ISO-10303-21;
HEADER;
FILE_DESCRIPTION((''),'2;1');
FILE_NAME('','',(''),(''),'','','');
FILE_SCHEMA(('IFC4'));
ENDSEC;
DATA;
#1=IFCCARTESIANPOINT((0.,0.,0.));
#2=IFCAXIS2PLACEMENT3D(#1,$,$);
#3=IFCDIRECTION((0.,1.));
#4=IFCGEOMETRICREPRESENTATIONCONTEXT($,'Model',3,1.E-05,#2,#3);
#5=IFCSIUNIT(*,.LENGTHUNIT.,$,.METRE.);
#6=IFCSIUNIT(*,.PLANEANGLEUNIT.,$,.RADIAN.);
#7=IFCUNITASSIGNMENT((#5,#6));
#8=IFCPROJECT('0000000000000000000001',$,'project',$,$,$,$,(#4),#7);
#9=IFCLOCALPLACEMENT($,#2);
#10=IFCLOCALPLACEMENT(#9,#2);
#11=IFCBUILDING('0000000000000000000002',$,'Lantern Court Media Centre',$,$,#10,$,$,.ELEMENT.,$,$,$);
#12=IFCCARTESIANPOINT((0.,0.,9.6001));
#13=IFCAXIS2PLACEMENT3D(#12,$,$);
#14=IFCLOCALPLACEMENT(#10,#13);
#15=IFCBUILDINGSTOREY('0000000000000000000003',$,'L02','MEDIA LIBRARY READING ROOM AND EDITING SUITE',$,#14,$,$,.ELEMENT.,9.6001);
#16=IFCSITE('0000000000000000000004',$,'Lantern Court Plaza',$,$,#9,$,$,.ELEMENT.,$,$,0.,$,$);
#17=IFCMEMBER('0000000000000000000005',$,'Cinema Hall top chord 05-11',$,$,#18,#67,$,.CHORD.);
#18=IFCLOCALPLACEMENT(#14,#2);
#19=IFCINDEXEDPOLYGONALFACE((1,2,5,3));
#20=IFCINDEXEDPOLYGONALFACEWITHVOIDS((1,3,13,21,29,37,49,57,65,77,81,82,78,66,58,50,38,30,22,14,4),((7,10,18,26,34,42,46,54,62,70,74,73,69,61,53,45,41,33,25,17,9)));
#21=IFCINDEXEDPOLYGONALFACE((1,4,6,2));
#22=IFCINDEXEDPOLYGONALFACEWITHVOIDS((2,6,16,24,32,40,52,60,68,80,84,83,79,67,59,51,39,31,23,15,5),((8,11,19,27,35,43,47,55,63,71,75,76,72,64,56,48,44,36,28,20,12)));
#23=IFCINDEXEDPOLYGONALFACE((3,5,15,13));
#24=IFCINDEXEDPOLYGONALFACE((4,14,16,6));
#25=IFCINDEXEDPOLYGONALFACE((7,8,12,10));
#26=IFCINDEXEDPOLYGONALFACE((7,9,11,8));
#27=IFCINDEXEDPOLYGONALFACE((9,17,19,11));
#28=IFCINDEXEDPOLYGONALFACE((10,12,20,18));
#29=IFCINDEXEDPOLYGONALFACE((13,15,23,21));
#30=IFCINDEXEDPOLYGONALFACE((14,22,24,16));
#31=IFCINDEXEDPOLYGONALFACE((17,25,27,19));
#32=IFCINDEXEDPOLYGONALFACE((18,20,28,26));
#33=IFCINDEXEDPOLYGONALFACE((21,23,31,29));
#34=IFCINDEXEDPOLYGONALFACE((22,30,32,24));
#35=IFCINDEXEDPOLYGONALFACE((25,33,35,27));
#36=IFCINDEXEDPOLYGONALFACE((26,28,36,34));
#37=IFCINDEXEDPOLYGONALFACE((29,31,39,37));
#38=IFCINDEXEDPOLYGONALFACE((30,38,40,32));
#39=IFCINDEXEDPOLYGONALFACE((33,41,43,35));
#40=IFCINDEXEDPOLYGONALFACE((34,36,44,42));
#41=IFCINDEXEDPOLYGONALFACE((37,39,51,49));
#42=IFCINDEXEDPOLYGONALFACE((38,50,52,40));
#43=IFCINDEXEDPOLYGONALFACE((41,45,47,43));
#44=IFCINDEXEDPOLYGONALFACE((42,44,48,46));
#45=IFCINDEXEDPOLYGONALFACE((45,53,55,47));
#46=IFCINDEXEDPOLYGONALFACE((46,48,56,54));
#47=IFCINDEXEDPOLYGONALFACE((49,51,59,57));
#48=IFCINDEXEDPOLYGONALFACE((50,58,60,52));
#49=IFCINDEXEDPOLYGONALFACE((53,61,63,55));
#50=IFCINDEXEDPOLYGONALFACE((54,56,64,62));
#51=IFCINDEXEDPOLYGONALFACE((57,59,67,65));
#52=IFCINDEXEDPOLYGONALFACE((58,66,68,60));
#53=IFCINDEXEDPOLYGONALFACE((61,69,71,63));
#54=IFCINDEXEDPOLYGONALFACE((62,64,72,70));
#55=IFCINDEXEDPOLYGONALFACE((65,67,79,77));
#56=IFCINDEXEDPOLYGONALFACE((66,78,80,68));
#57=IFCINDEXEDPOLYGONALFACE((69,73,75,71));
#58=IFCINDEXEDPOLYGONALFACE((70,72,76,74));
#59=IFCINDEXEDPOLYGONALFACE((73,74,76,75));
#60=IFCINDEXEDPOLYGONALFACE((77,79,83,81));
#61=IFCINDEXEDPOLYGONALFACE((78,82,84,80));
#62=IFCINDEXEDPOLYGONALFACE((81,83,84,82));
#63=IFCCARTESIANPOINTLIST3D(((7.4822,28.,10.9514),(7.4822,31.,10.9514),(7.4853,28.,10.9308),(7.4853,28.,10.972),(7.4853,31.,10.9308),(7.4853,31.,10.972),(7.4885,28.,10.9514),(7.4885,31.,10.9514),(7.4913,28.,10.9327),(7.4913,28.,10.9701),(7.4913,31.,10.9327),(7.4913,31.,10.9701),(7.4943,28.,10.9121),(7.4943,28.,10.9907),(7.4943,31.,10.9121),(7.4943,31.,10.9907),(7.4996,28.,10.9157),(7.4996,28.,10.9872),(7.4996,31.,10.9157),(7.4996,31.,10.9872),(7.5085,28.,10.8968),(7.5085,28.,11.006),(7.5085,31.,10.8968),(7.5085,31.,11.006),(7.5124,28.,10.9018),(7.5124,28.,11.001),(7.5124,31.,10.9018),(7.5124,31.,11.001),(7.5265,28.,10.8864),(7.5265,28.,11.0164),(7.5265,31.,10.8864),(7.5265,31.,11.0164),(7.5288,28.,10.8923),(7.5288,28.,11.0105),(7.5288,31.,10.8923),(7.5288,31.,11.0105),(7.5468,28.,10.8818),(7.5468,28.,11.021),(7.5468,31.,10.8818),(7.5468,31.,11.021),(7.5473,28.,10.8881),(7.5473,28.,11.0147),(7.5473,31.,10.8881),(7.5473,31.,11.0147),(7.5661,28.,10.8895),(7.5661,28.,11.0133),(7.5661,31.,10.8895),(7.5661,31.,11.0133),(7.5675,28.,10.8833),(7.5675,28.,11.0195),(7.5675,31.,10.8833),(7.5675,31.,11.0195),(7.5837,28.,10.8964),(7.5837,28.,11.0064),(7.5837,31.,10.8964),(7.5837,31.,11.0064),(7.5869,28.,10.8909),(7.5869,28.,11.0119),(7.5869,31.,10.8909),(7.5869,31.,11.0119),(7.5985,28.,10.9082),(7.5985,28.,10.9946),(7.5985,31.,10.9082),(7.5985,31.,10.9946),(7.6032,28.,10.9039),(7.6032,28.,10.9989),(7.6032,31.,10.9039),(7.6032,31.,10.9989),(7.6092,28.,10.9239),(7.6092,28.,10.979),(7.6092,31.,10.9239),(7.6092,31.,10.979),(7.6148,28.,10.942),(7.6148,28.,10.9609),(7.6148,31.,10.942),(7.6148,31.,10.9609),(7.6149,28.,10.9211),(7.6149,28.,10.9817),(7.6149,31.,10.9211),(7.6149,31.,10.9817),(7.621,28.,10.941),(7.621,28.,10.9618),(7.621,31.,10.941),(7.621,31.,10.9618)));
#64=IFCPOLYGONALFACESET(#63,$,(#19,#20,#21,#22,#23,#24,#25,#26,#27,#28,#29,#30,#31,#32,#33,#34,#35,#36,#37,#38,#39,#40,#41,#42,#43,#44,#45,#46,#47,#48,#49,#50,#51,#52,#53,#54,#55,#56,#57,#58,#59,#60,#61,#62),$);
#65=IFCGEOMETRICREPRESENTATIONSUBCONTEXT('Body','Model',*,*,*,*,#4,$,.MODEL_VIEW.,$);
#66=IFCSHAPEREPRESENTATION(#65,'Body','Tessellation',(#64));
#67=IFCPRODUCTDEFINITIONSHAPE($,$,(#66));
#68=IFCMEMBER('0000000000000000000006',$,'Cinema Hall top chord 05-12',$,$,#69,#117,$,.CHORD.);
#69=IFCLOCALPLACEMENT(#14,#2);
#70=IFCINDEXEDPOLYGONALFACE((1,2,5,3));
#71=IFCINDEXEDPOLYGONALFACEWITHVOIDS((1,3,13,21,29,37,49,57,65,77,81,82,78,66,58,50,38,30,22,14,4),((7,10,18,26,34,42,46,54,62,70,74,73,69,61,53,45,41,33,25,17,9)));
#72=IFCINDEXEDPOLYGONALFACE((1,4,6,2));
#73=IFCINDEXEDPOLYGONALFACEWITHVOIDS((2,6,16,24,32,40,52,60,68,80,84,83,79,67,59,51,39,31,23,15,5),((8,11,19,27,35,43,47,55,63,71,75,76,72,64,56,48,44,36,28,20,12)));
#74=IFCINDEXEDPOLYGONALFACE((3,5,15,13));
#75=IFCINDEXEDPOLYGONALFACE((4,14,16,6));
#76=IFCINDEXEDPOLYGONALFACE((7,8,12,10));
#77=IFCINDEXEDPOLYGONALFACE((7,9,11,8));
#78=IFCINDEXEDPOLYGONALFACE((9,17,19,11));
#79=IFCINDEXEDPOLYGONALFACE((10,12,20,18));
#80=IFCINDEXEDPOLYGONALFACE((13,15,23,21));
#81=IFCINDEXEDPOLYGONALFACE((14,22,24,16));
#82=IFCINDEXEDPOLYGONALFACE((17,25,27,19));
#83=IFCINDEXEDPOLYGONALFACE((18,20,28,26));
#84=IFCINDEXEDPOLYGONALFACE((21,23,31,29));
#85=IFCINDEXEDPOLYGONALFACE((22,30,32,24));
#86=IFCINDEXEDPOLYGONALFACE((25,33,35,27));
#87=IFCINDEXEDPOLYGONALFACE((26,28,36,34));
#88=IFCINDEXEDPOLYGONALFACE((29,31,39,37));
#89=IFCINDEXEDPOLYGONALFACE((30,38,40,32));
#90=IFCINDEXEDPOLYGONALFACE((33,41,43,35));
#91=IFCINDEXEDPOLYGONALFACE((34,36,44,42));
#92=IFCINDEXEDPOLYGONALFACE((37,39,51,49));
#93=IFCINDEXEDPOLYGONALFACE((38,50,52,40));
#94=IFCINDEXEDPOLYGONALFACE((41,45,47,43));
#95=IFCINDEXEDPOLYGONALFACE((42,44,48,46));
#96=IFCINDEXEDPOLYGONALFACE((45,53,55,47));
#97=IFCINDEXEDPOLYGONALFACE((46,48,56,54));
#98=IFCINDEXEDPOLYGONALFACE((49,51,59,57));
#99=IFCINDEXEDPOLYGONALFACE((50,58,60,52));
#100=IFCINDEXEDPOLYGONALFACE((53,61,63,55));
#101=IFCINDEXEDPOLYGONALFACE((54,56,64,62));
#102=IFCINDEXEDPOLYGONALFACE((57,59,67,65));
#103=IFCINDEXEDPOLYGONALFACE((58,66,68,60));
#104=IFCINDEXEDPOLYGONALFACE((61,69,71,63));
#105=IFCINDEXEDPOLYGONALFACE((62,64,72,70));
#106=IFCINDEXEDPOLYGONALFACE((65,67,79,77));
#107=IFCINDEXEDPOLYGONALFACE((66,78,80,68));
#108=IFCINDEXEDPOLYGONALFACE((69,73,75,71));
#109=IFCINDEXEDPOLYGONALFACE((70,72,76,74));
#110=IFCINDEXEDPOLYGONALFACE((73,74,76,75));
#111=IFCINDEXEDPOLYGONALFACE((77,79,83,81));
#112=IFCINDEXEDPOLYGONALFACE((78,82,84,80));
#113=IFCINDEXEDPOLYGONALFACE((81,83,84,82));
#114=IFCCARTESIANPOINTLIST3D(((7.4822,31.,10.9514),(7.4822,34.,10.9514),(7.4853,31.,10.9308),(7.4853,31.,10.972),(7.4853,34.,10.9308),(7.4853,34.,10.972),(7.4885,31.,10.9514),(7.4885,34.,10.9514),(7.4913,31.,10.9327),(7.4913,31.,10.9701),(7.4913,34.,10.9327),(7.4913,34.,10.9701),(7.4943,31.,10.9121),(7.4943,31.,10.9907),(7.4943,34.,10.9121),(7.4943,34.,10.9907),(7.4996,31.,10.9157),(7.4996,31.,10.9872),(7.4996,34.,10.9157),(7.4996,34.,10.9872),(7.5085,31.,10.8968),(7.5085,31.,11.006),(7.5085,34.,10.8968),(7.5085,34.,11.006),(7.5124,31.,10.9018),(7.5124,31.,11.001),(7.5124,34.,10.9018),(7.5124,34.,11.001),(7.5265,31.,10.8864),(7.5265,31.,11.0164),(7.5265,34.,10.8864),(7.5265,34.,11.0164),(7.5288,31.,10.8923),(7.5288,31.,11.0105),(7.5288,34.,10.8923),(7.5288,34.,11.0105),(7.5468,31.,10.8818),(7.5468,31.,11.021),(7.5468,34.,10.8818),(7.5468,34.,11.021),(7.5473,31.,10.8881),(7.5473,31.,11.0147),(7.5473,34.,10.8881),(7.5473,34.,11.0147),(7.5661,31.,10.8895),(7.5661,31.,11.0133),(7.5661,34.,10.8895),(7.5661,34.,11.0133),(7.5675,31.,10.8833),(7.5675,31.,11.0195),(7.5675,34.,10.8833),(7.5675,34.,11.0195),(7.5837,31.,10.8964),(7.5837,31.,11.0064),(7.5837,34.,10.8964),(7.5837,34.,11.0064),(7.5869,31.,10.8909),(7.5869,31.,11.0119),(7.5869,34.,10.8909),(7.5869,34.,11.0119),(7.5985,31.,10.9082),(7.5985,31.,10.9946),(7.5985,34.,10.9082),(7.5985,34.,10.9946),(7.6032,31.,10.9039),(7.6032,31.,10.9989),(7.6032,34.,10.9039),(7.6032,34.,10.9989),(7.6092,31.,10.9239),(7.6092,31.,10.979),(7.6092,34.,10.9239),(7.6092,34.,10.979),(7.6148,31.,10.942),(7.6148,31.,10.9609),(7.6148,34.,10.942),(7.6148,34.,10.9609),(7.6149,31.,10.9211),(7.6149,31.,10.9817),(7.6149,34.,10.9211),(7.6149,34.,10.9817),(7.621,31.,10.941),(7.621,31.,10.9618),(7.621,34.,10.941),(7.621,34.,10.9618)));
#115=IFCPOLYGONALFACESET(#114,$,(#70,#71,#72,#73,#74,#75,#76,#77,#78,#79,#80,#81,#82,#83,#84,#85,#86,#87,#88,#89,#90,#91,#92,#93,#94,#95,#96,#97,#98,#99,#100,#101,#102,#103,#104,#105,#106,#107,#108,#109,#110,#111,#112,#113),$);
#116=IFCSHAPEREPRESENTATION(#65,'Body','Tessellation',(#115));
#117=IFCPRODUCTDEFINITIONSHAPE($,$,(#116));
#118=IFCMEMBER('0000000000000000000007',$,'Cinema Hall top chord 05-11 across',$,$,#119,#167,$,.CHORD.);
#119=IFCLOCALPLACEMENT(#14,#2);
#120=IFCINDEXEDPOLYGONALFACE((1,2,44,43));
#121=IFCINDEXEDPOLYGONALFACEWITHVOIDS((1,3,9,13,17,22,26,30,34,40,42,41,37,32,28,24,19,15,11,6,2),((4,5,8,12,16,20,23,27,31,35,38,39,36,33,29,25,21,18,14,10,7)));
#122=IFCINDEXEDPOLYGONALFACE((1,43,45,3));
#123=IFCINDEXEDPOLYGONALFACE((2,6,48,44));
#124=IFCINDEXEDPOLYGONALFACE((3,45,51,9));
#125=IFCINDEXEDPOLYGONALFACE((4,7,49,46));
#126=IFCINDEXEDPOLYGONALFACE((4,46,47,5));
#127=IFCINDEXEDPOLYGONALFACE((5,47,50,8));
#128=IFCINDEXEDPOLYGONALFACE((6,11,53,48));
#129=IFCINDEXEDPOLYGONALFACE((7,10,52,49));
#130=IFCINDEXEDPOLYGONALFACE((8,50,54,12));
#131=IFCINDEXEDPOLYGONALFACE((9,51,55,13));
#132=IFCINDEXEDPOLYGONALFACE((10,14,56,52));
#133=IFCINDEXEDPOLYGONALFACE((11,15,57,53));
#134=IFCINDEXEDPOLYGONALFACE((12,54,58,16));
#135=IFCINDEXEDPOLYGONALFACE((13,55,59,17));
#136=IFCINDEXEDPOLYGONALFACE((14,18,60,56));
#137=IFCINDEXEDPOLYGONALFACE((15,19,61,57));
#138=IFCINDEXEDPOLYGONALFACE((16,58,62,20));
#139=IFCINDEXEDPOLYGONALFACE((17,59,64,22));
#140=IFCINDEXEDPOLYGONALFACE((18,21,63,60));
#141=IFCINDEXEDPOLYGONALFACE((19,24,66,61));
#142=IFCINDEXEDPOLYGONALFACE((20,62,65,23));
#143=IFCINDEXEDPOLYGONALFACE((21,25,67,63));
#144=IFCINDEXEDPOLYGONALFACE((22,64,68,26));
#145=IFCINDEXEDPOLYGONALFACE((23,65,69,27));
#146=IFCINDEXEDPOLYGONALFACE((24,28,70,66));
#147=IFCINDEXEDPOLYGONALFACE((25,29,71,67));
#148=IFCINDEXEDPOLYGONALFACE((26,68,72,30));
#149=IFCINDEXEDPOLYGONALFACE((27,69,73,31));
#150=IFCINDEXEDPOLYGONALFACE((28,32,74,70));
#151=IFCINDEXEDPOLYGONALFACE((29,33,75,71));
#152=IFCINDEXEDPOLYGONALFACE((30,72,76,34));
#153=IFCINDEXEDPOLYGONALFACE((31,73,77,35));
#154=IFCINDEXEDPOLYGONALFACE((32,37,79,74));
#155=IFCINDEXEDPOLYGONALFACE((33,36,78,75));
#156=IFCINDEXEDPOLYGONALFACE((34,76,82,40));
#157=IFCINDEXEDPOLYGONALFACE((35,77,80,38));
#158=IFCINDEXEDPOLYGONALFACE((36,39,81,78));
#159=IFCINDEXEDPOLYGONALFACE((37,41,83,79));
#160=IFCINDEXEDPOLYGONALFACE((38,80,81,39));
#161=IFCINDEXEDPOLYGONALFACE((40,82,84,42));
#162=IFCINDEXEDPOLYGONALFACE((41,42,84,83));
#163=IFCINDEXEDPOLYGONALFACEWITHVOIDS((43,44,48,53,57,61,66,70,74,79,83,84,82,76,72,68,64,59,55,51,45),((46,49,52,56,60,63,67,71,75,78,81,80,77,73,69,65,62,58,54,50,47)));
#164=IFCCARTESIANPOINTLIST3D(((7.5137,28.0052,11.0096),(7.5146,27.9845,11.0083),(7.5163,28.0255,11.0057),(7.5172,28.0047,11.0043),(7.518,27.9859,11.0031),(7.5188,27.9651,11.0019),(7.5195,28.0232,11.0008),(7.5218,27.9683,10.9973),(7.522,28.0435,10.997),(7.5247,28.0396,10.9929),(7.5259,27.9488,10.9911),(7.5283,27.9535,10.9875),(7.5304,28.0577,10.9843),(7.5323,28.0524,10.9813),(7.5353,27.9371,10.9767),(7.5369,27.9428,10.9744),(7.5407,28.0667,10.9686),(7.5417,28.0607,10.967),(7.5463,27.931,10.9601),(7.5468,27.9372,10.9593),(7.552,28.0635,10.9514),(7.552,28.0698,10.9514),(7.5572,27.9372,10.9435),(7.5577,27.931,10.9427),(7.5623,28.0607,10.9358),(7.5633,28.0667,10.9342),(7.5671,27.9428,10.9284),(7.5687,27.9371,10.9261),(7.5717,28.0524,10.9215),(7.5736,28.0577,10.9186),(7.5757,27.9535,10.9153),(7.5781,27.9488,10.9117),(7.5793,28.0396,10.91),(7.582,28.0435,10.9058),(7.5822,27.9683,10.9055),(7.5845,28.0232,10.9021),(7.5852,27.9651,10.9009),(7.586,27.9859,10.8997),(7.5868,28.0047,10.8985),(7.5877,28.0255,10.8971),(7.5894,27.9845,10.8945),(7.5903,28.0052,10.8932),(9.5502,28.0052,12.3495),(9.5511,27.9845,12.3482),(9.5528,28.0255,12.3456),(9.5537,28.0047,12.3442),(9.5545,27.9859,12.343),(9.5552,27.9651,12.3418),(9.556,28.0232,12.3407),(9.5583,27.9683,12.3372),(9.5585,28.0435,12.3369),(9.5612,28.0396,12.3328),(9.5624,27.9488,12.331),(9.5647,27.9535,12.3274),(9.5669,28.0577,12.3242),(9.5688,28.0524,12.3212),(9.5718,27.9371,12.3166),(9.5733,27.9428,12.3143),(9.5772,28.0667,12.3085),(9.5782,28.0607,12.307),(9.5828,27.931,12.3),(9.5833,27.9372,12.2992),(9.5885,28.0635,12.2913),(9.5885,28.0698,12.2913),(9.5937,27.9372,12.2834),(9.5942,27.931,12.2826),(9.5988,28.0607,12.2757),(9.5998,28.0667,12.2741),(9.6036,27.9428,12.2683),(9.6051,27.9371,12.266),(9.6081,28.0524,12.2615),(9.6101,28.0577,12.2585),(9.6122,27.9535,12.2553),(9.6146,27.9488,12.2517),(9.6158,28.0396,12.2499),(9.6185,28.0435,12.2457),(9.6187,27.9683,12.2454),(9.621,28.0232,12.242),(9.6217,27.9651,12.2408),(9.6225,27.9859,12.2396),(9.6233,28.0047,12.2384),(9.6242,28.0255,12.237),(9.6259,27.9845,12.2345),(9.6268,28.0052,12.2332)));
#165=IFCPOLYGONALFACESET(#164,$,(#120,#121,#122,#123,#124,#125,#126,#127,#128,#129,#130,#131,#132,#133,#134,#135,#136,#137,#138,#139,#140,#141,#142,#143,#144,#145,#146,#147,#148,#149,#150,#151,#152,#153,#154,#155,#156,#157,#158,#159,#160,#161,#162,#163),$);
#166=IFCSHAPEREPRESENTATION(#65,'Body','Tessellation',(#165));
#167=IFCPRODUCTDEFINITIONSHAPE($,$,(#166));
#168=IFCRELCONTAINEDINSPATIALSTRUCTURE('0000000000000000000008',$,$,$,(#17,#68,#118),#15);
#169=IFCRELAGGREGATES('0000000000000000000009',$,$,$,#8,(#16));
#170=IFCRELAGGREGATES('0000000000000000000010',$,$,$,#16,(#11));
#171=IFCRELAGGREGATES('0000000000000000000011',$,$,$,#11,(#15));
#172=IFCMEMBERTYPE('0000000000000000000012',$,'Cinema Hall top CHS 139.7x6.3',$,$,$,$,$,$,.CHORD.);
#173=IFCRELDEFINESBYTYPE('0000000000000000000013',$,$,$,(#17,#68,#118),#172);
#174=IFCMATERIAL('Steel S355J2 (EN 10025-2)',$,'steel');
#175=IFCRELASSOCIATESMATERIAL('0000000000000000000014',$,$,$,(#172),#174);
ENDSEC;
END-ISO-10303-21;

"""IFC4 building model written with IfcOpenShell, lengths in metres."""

from ifc_helpers import new_model, si_unit, direction, frame, origin, origin_2d, place, context, subcontext, project, spatial, hollow_circle, extrude, material, material_profile, profile_set, type_object, element, save


model = new_model("IFC4")

# Units and contexts
model_context = context("Model", 3, precision=1e-05, world=origin(), true_north=direction((0.0, 1.0)))
body_context = subcontext(model_context, "Body", "Model", "MODEL_VIEW")
ifc_project = project(units=[si_unit("LENGTHUNIT", "METRE"), si_unit("PLANEANGLEUNIT", "RADIAN")], contexts=[model_context])

# Site, building, storey
site_placement = place(None, origin())
site = spatial("IfcSite", under=ifc_project, at=site_placement, Name="Lantern Court Plaza", CompositionType="ELEMENT", RefElevation=0.0)
building_placement = place(site_placement, origin())
building = spatial("IfcBuilding", under=site, at=building_placement, Name="Lantern Court Media Centre", CompositionType="ELEMENT")
storey_placement = place(building_placement, frame((0.0, 0.0, 9.6001)))
storey = spatial("IfcBuildingStorey", under=building, at=storey_placement, Name="L02", Description="MEDIA LIBRARY READING ROOM AND EDITING SUITE", CompositionType="ELEMENT", Elevation=9.6001)

# Members
ifc_material = material(Name="Steel S355J2 (EN 10025-2)", Category="steel")
ifc_material_profile_1 = material_profile(ifc_material, hollow_circle(Radius=0.0698, WallThickness=0.0063, at=origin_2d()), Name="Cinema Hall top CHS 139.7x6.3")
ifc_profile_set_1 = profile_set([ifc_material_profile_1], Name="Steel S355J2 (EN 10025-2)")
member_type_1 = type_object("IfcMemberType", Name="Cinema Hall top CHS 139.7x6.3", PredefinedType="CHORD", material=ifc_profile_set_1)
for number, where, z_axis, x_axis, name in (
    (1, (7.552, 28.0, 10.9514), (0.0, 1.0, 0.0), (-1.0, 0.0, 0.0), "Cinema Hall top chord 05-11"),
    (2, (7.552, 31.0, 10.9514), (0.0, 1.0, 0.0), (-1.0, 0.0, 0.0), "Cinema Hall top chord 05-12"),
):
    element("IfcMember", number, at=place(storey_placement, frame(where, z_axis=z_axis, x_axis=x_axis)), inside=storey, type_object=member_type_1, Name=name, PredefinedType="CHORD", context=body_context, shape_type="SweptSolid", body=[
        extrude(hollow_circle(Radius=0.0698, WallThickness=0.0063, at=origin_2d()), origin(), (0.0, 0.0, 1.0), 3.0),
    ])
for number, where, z_axis, x_axis, name in (
    (3, (7.552, 28.0, 10.9514), (0.835394, 0.0, 0.549651), (0.0, 1.0, 0.0), "Cinema Hall top chord 05-11 across"),
):
    element("IfcMember", number, at=place(storey_placement, frame(where, z_axis=z_axis, x_axis=x_axis)), inside=storey, type_object=member_type_1, Name=name, PredefinedType="CHORD", context=body_context, shape_type="SweptSolid", body=[
        extrude(hollow_circle(Radius=0.0698, WallThickness=0.0063, at=origin_2d()), origin(), (0.0, 0.0, 1.0), 2.4377),
    ])

save(model, "model.ifc")
